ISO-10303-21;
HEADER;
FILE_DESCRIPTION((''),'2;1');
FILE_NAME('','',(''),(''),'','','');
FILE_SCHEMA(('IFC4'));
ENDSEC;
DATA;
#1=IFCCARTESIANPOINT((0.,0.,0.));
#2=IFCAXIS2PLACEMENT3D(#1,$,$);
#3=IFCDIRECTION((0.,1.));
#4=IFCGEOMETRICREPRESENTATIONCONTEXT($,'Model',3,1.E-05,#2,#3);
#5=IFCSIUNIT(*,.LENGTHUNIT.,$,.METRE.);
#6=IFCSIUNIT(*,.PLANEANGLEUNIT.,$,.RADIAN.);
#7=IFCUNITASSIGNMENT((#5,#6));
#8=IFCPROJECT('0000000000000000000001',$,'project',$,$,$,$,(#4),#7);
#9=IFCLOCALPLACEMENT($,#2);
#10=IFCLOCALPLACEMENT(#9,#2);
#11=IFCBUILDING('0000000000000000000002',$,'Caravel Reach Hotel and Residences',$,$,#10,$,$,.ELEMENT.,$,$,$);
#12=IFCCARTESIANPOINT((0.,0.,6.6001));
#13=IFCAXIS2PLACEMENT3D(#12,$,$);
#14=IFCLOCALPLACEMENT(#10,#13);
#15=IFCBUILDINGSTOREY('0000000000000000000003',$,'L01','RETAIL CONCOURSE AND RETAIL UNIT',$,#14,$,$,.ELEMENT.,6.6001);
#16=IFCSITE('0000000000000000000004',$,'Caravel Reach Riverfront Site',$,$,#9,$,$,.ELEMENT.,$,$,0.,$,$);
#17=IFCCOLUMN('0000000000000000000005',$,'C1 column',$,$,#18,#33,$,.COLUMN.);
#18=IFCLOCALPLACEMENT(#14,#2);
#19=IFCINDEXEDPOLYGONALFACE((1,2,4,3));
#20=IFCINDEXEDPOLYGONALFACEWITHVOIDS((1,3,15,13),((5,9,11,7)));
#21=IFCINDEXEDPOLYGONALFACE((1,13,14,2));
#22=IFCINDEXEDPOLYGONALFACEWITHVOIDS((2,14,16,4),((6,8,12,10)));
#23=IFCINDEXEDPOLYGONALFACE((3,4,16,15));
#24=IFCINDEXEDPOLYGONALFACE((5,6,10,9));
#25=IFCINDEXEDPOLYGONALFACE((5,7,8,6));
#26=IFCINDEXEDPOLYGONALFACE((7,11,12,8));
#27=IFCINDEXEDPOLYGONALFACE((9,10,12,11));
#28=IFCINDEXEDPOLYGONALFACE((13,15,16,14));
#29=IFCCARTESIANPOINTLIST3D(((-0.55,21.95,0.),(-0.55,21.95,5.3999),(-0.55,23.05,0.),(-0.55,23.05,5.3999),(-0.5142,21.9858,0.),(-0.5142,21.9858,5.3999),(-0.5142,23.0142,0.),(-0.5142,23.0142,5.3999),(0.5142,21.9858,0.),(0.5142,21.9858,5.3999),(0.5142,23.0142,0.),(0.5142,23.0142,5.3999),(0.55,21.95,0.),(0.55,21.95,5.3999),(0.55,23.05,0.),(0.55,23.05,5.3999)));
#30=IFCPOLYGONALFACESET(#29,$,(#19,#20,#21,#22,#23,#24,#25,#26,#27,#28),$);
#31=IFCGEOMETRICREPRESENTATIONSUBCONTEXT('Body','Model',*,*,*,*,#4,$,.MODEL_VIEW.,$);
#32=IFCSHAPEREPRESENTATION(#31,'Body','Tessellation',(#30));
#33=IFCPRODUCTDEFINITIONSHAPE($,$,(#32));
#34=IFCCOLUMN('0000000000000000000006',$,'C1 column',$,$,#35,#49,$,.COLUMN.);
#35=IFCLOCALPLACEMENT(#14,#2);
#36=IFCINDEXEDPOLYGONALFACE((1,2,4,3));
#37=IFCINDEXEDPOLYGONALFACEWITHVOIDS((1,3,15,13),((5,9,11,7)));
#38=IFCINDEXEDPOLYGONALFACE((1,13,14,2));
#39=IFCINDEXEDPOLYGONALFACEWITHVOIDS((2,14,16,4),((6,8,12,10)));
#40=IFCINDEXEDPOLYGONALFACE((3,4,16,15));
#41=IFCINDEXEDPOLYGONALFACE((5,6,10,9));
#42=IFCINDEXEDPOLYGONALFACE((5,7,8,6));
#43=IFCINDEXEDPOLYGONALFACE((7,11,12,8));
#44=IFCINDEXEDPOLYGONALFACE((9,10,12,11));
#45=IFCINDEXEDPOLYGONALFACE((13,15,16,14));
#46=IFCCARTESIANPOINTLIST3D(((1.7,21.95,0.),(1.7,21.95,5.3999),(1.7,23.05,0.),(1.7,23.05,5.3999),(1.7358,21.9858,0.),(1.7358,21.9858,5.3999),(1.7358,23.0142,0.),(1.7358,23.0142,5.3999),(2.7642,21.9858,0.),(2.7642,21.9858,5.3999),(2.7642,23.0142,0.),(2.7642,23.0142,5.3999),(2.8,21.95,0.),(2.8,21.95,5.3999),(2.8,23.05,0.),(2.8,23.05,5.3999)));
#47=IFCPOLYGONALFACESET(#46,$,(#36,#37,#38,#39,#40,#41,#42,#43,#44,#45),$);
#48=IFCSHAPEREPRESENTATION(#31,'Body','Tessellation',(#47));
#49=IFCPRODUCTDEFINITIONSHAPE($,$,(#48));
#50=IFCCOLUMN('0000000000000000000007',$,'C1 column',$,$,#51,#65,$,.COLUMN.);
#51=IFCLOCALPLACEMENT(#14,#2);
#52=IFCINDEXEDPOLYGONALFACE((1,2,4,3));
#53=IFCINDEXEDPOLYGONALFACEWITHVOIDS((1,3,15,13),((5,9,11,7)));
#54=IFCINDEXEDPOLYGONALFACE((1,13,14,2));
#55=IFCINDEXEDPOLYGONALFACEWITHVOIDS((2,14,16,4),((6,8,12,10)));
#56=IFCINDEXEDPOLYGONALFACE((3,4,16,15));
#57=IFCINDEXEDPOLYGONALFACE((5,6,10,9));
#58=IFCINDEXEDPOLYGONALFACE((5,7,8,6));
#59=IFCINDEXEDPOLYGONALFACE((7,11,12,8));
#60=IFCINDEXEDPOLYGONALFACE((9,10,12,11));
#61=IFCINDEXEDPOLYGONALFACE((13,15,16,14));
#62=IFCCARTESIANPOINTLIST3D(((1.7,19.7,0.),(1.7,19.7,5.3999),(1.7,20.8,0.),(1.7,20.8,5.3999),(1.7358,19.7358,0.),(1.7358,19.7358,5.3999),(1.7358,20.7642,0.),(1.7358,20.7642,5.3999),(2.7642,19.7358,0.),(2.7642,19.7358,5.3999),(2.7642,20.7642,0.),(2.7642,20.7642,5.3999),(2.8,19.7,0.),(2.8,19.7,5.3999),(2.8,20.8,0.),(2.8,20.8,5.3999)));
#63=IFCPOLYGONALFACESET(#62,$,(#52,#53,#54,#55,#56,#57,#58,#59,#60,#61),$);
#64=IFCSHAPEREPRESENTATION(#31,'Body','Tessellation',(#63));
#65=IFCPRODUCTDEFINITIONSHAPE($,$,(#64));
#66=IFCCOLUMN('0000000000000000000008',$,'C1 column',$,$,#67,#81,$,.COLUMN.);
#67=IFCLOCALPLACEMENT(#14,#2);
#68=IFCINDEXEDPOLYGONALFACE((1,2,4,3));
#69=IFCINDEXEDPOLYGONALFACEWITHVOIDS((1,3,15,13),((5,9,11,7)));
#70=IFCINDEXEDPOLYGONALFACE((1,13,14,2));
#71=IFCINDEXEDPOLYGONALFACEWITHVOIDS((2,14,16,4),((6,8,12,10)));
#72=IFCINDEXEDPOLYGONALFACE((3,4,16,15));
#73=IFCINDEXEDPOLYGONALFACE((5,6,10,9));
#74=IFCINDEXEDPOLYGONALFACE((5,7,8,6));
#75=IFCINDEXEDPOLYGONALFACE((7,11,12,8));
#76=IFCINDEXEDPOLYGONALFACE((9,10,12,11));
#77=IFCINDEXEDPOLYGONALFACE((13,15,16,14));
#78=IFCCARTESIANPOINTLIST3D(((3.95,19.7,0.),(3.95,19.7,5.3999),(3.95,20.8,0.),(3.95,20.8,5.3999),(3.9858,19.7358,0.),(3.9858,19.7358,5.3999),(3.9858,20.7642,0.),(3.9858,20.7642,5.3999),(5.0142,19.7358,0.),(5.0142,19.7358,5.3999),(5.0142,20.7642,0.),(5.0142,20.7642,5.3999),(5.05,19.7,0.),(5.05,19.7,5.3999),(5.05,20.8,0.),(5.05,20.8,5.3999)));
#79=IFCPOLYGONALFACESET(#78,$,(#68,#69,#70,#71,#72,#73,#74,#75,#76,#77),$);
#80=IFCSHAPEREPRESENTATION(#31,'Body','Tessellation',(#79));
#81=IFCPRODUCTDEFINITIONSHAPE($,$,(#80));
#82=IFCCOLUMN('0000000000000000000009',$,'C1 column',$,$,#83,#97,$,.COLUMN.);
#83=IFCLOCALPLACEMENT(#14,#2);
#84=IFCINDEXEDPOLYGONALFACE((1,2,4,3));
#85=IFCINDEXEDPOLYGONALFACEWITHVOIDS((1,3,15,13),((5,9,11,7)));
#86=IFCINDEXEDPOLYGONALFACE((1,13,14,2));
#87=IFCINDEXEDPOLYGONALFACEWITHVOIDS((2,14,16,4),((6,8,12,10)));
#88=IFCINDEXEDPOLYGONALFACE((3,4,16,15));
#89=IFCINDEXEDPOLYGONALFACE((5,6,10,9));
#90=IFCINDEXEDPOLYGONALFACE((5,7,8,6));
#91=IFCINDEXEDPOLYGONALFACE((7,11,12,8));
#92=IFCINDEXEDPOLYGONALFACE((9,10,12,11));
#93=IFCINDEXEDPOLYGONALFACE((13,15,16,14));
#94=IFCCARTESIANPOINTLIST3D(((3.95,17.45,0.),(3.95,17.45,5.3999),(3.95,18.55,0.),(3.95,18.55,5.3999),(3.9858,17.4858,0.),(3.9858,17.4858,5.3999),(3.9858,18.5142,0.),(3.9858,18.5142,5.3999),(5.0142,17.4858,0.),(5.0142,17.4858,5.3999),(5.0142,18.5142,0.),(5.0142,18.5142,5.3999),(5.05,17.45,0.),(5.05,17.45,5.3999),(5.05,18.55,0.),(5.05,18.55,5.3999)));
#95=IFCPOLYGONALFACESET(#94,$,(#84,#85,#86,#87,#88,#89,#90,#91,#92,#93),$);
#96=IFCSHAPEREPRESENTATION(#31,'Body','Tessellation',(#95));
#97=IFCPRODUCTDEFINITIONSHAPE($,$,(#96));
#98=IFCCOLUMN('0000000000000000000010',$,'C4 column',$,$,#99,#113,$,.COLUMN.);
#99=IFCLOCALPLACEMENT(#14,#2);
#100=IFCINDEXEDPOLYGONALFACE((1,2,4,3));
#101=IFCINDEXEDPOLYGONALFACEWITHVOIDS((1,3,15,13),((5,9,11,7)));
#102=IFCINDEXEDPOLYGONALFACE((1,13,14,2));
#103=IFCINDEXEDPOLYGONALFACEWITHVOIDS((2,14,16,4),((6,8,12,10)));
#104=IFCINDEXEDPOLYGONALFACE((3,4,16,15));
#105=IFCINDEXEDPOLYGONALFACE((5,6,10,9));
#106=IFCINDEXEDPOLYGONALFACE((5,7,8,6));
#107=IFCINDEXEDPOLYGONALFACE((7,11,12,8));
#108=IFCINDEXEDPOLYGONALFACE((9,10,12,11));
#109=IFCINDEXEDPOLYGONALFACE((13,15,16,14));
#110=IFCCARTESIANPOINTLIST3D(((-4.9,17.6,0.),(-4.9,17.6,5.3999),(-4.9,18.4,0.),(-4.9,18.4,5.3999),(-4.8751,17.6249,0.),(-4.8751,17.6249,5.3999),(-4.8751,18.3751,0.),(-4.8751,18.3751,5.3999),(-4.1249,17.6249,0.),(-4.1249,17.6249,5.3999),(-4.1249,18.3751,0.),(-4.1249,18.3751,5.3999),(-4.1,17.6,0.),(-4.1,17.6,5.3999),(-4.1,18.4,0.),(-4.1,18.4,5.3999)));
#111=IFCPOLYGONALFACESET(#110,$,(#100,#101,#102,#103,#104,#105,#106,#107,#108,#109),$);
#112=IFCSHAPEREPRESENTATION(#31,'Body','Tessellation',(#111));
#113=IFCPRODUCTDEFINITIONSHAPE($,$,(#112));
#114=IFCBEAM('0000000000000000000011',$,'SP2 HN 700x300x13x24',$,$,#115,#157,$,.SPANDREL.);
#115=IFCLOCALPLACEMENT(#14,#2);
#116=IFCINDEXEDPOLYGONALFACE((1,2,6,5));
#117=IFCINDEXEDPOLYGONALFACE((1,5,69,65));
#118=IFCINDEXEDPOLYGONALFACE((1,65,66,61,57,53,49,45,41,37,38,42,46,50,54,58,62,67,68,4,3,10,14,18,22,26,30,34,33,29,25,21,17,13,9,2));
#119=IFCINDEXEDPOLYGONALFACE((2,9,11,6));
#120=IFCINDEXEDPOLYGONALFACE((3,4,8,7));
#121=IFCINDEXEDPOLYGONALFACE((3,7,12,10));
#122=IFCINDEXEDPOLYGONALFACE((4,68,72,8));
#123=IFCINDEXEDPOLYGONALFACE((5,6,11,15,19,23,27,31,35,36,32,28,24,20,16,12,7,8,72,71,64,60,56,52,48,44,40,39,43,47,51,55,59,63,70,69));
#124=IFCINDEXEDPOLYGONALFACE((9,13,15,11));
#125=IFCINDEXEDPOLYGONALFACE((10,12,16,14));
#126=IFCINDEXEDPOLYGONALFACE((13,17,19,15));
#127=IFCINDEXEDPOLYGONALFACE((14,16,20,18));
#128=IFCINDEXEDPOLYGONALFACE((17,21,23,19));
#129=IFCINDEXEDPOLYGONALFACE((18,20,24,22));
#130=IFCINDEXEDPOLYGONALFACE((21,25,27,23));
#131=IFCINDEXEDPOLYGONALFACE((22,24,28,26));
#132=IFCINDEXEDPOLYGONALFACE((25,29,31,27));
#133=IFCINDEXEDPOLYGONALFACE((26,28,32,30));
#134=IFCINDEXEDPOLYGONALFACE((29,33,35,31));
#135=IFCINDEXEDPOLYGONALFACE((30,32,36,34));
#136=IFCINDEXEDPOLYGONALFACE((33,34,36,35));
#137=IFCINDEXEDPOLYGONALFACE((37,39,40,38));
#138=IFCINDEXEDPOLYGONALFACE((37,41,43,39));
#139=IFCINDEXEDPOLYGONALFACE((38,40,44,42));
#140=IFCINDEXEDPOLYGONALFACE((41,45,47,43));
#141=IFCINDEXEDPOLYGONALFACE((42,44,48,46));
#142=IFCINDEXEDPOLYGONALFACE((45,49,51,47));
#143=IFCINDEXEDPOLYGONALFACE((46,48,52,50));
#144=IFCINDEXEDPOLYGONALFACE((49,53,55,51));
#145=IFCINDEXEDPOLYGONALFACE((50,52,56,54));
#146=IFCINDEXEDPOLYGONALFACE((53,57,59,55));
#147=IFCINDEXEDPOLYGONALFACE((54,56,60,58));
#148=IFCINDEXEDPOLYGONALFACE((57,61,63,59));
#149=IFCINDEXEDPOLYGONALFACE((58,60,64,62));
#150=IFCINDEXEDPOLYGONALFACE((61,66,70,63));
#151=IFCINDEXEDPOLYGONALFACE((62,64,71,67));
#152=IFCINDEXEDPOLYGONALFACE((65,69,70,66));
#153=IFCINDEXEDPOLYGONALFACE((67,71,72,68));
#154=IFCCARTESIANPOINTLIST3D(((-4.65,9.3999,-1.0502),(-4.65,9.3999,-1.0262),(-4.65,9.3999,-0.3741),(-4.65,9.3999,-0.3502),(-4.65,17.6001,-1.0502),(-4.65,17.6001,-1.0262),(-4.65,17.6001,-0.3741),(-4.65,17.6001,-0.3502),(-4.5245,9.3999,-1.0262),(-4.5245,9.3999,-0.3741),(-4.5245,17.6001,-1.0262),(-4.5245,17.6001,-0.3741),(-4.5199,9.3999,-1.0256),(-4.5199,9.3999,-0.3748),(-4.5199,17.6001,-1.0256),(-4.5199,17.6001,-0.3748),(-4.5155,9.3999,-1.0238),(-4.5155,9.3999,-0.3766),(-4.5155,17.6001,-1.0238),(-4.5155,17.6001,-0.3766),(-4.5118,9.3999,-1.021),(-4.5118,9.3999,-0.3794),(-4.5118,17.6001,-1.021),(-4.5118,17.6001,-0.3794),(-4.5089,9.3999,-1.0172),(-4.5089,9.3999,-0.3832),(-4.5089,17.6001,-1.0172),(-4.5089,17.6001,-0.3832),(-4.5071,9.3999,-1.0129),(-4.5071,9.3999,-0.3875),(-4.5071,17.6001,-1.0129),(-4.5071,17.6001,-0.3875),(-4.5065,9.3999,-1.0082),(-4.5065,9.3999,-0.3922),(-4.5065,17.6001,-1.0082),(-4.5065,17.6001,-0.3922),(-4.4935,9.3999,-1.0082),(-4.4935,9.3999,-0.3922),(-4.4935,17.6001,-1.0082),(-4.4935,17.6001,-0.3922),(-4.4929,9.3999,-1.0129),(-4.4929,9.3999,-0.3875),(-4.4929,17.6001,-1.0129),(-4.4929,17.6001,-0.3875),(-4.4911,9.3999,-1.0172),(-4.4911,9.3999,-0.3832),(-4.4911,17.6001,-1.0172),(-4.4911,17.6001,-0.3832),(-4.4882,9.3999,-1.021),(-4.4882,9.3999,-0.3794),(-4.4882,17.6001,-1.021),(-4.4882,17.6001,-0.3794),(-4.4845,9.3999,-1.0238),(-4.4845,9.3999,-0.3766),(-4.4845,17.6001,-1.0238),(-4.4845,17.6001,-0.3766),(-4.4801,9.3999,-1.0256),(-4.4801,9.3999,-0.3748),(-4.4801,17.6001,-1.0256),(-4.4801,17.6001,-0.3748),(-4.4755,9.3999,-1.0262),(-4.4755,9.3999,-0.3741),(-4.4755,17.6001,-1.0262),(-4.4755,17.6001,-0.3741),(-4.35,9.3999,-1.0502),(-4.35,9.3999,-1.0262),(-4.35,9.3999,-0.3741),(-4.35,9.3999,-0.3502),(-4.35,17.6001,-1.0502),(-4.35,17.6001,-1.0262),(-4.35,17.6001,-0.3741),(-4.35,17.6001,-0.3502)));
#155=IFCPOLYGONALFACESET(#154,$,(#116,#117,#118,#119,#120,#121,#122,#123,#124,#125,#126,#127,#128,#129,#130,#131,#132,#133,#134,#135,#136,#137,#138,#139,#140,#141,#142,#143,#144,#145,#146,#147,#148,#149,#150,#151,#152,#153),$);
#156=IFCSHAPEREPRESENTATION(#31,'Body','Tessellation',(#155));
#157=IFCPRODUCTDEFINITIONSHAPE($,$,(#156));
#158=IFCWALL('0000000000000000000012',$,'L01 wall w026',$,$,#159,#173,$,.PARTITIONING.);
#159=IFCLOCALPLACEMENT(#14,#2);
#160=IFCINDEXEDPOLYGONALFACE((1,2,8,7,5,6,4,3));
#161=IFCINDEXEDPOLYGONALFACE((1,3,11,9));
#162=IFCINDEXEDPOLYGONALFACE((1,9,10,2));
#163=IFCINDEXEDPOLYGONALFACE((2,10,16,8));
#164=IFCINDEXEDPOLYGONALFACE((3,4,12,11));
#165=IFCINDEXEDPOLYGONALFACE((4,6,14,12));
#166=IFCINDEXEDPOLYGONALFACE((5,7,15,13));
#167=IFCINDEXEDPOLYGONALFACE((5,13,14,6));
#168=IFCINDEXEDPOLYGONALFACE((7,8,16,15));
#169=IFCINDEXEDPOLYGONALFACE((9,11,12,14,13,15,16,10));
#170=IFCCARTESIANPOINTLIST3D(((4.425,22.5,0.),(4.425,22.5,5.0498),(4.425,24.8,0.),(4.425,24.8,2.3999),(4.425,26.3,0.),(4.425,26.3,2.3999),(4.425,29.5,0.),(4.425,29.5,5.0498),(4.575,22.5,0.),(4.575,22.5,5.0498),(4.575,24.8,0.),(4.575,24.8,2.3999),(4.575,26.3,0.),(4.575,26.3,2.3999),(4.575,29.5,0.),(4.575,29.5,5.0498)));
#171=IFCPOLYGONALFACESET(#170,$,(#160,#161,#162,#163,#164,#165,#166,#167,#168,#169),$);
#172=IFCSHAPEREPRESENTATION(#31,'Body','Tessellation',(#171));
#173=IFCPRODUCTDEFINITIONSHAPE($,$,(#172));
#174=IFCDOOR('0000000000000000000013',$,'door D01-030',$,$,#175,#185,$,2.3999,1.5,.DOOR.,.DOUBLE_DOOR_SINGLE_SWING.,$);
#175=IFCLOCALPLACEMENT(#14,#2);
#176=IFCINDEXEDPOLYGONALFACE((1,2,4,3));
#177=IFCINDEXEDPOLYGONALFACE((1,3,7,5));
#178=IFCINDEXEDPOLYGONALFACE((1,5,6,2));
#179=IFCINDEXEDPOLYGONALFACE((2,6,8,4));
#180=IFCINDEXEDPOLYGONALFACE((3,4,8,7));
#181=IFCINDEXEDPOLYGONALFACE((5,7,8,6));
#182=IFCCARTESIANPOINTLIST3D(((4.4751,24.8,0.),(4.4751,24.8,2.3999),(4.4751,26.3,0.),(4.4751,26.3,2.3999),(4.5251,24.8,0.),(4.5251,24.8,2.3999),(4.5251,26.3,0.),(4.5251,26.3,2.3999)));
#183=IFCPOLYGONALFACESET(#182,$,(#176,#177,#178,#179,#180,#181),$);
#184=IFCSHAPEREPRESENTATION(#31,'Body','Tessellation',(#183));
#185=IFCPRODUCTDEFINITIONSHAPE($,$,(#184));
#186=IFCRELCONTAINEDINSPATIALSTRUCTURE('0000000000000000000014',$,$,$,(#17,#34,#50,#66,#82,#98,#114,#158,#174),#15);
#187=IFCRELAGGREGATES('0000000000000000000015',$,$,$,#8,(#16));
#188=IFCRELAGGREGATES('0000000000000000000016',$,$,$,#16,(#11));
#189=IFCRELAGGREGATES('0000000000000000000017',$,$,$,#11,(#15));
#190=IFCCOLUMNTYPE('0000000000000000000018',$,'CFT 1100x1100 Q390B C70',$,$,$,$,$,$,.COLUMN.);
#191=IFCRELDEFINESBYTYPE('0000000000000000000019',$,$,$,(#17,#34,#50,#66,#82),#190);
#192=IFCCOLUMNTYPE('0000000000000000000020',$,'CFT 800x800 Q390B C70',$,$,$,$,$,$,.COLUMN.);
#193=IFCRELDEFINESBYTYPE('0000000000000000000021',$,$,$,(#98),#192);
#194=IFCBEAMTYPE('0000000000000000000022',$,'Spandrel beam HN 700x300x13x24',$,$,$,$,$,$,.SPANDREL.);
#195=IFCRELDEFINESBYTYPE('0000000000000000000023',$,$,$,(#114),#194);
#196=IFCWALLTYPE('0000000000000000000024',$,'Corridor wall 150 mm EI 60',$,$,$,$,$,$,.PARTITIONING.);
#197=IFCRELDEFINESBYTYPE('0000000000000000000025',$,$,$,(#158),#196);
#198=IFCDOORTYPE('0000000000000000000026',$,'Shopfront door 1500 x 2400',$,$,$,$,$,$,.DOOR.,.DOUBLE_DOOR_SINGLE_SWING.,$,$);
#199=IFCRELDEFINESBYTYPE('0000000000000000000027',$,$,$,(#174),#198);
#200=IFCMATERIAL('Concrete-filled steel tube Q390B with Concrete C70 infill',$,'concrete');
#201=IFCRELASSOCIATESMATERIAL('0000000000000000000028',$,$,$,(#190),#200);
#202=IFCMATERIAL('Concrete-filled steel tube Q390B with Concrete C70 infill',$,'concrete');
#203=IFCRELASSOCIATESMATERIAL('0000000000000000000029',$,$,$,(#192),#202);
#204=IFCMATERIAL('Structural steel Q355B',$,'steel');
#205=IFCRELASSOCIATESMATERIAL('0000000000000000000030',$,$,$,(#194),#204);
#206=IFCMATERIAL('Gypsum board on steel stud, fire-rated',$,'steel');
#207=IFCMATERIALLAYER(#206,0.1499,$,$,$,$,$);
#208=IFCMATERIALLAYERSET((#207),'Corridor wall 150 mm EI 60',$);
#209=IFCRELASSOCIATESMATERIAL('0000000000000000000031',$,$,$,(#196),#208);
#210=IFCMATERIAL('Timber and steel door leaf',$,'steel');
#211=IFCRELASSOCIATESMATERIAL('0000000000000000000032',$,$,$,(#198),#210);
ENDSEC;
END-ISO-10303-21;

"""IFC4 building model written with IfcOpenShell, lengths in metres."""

from ifc_helpers import new_model, si_unit, direction, frame, frame_2d, origin, origin_2d, place, context, subcontext, project, spatial, rectangle, hollow_rectangle, i_section, extrude, material, layer, layer_set, material_profile, profile_set, type_object, element, fill, save


model = new_model("IFC4")

# Units and contexts
model_context = context("Model", 3, precision=1e-05, world=origin(), true_north=direction((0.0, 1.0)))
body_context = subcontext(model_context, "Body", "Model", "MODEL_VIEW")
ifc_project = project(units=[si_unit("LENGTHUNIT", "METRE"), si_unit("PLANEANGLEUNIT", "RADIAN")], contexts=[model_context])

# Site, building, storey
site_placement = place(None, origin())
site = spatial("IfcSite", under=ifc_project, at=site_placement, Name="Caravel Reach Riverfront Site", CompositionType="ELEMENT", RefElevation=0.0)
building_placement = place(site_placement, origin())
building = spatial("IfcBuilding", under=site, at=building_placement, Name="Caravel Reach Hotel and Residences", CompositionType="ELEMENT")
storey_placement = place(building_placement, frame((0.0, 0.0, 6.6001)))
storey = spatial("IfcBuildingStorey", under=building, at=storey_placement, Name="L01", Description="RETAIL CONCOURSE AND RETAIL UNIT", CompositionType="ELEMENT", Elevation=6.6001)

# Columns
ifc_material_1 = material(Name="Concrete-filled steel tube Q390B with Concrete C70 infill", Category="concrete")
ifc_material_profile_1 = material_profile(ifc_material_1, hollow_rectangle(XDim=1.1001, YDim=1.1001, WallThickness=0.0359, at=origin_2d()), Name="RHS 1100x1100x36")
ifc_profile_set_1 = profile_set([ifc_material_profile_1], Name="Concrete-filled steel tube Q390B with Concrete C70 infill")
column_type_1 = type_object("IfcColumnType", Name="CFT 1100x1100 Q390B C70", PredefinedType="COLUMN", material=ifc_profile_set_1)
for number, where, z_axis, x_axis, name in (
    (1, (0.0, 22.5, 0.0), (0.0, 0.0, 1.0), (1.0, 0.0, 0.0), "C1 column"),
    (2, (2.25, 22.5, 0.0), (0.0, 0.0, 1.0), (1.0, 0.0, 0.0), "C1 column"),
    (3, (2.25, 20.25, 0.0), (0.0, 0.0, 1.0), (1.0, 0.0, 0.0), "C1 column"),
    (4, (4.5, 20.25, 0.0), (0.0, 0.0, 1.0), (1.0, 0.0, 0.0), "C1 column"),
    (5, (4.5, 18.0, 0.0), (0.0, 0.0, 1.0), (1.0, 0.0, 0.0), "C1 column"),
):
    element("IfcColumn", number, at=place(storey_placement, frame(where, z_axis=z_axis, x_axis=x_axis)), inside=storey, type_object=column_type_1, Name=name, PredefinedType="COLUMN", context=body_context, shape_type="SweptSolid", body=[
        extrude(hollow_rectangle(XDim=1.1001, YDim=1.1001, WallThickness=0.0359, at=origin_2d()), origin(), (0.0, 0.0, 1.0), 5.3999),
    ])
ifc_material_2 = material(Name="Concrete-filled steel tube Q390B with Concrete C70 infill", Category="concrete")
ifc_material_profile_2 = material_profile(ifc_material_2, hollow_rectangle(XDim=0.8, YDim=0.8, WallThickness=0.0249, at=origin_2d()), Name="RHS 800x800x25")
ifc_profile_set_2 = profile_set([ifc_material_profile_2], Name="Concrete-filled steel tube Q390B with Concrete C70 infill")
column_type_2 = type_object("IfcColumnType", Name="CFT 800x800 Q390B C70", PredefinedType="COLUMN", material=ifc_profile_set_2)
column_placement = place(storey_placement, frame((-4.5, 18.0, 0.0), z_axis=(0.0, 0.0, 1.0), x_axis=(1.0, 0.0, 0.0)))
element("IfcColumn", 6, at=column_placement, inside=storey, type_object=column_type_2, Name="C4 column", PredefinedType="COLUMN", context=body_context, shape_type="SweptSolid", body=[
    extrude(hollow_rectangle(XDim=0.8, YDim=0.8, WallThickness=0.0249, at=origin_2d()), origin(), (0.0, 0.0, 1.0), 5.3999),
])

# Beam
ifc_material_3 = material(Name="Structural steel Q355B", Category="steel")
ifc_material_profile_3 = material_profile(ifc_material_3, i_section(OverallWidth=0.3, OverallDepth=0.7, WebThickness=0.0129, FlangeThickness=0.0239, FilletRadius=0.0181, at=origin_2d()), Name="HN 700x300x13x24")
ifc_profile_set_3 = profile_set([ifc_material_profile_3], Name="Structural steel Q355B")
beam_type = type_object("IfcBeamType", Name="Spandrel beam HN 700x300x13x24", PredefinedType="SPANDREL", material=ifc_profile_set_3)
beam_placement = place(storey_placement, frame((-4.5, 17.6001, -0.7002), z_axis=(0.0, -1.0, 0.0), x_axis=(1.0, 0.0, 0.0)))
element("IfcBeam", 7, at=beam_placement, inside=storey, type_object=beam_type, Name="SP2 HN 700x300x13x24", PredefinedType="SPANDREL", context=body_context, shape_type="SweptSolid", body=[
    extrude(i_section(OverallWidth=0.3, OverallDepth=0.7, WebThickness=0.0129, FlangeThickness=0.0239, FilletRadius=0.0181, at=origin_2d()), origin(), (0.0, 0.0, 1.0), 8.2002),
])

# Wall, opening, door
ifc_material_4 = material(Name="Gypsum board on steel stud, fire-rated", Category="steel")
ifc_layer_1 = layer(ifc_material_4, 0.1499)
ifc_layer_set_1 = layer_set([ifc_layer_1], Name="Corridor wall 150 mm EI 60")
wall_type_1 = type_object("IfcWallType", Name="Corridor wall 150 mm EI 60", PredefinedType="PARTITIONING", material=ifc_layer_set_1)
wall_1_placement = place(storey_placement, frame((4.5, 22.5, 0.0), z_axis=(0.0, 0.0, 1.0), x_axis=(0.0, 1.0, 0.0)))
wall_1 = element("IfcWall", 8, at=wall_1_placement, inside=storey, type_object=wall_type_1, Name="L01 wall w026", PredefinedType="PARTITIONING", context=body_context, shape_type="SweptSolid", body=[
    extrude(rectangle(XDim=7.0, YDim=0.1499, at=frame_2d((3.5, 0.0))), origin(), (0.0, 0.0, 1.0), 5.0498),
])
opening_1_placement = place(wall_1_placement, frame((2.3, 0.0, 0.0)))
opening_1 = element("IfcOpeningElement", 9, at=opening_1_placement, cuts=wall_1, PredefinedType="OPENING", context=body_context, shape_type="SweptSolid", body=[
    extrude(rectangle(XDim=1.5, YDim=2.3999, at=frame_2d((0.75, 1.2))), frame((0.0, 0.085, 0.0), z_axis=(0.0, -1.0, 0.0), x_axis=(1.0, 0.0, 0.0)), (0.0, 0.0, 1.0), 0.1699),
])
ifc_material_5 = material(Name="Timber and steel door leaf", Category="steel")
door_type = type_object("IfcDoorType", Name="Shopfront door 1500 x 2400", OperationType="DOUBLE_DOOR_SINGLE_SWING", PredefinedType="DOOR", material=ifc_material_5)
door_placement = place(opening_1_placement, origin())
door = element("IfcDoor", 10, at=door_placement, inside=storey, type_object=door_type, Name="door D01-030", OperationType="DOUBLE_DOOR_SINGLE_SWING", OverallHeight=2.3999, OverallWidth=1.5, PredefinedType="DOOR", context=body_context, shape_type="SweptSolid", body=[
    extrude(rectangle(XDim=1.5, YDim=2.3999, at=frame_2d((0.75, 1.2))), frame((0.0, 0.0249, 0.0), z_axis=(0.0, -1.0, 0.0), x_axis=(1.0, 0.0, 0.0)), (0.0, 0.0, 1.0), 0.05),
])
fill(opening_1, door)

save(model, "model.ifc")
